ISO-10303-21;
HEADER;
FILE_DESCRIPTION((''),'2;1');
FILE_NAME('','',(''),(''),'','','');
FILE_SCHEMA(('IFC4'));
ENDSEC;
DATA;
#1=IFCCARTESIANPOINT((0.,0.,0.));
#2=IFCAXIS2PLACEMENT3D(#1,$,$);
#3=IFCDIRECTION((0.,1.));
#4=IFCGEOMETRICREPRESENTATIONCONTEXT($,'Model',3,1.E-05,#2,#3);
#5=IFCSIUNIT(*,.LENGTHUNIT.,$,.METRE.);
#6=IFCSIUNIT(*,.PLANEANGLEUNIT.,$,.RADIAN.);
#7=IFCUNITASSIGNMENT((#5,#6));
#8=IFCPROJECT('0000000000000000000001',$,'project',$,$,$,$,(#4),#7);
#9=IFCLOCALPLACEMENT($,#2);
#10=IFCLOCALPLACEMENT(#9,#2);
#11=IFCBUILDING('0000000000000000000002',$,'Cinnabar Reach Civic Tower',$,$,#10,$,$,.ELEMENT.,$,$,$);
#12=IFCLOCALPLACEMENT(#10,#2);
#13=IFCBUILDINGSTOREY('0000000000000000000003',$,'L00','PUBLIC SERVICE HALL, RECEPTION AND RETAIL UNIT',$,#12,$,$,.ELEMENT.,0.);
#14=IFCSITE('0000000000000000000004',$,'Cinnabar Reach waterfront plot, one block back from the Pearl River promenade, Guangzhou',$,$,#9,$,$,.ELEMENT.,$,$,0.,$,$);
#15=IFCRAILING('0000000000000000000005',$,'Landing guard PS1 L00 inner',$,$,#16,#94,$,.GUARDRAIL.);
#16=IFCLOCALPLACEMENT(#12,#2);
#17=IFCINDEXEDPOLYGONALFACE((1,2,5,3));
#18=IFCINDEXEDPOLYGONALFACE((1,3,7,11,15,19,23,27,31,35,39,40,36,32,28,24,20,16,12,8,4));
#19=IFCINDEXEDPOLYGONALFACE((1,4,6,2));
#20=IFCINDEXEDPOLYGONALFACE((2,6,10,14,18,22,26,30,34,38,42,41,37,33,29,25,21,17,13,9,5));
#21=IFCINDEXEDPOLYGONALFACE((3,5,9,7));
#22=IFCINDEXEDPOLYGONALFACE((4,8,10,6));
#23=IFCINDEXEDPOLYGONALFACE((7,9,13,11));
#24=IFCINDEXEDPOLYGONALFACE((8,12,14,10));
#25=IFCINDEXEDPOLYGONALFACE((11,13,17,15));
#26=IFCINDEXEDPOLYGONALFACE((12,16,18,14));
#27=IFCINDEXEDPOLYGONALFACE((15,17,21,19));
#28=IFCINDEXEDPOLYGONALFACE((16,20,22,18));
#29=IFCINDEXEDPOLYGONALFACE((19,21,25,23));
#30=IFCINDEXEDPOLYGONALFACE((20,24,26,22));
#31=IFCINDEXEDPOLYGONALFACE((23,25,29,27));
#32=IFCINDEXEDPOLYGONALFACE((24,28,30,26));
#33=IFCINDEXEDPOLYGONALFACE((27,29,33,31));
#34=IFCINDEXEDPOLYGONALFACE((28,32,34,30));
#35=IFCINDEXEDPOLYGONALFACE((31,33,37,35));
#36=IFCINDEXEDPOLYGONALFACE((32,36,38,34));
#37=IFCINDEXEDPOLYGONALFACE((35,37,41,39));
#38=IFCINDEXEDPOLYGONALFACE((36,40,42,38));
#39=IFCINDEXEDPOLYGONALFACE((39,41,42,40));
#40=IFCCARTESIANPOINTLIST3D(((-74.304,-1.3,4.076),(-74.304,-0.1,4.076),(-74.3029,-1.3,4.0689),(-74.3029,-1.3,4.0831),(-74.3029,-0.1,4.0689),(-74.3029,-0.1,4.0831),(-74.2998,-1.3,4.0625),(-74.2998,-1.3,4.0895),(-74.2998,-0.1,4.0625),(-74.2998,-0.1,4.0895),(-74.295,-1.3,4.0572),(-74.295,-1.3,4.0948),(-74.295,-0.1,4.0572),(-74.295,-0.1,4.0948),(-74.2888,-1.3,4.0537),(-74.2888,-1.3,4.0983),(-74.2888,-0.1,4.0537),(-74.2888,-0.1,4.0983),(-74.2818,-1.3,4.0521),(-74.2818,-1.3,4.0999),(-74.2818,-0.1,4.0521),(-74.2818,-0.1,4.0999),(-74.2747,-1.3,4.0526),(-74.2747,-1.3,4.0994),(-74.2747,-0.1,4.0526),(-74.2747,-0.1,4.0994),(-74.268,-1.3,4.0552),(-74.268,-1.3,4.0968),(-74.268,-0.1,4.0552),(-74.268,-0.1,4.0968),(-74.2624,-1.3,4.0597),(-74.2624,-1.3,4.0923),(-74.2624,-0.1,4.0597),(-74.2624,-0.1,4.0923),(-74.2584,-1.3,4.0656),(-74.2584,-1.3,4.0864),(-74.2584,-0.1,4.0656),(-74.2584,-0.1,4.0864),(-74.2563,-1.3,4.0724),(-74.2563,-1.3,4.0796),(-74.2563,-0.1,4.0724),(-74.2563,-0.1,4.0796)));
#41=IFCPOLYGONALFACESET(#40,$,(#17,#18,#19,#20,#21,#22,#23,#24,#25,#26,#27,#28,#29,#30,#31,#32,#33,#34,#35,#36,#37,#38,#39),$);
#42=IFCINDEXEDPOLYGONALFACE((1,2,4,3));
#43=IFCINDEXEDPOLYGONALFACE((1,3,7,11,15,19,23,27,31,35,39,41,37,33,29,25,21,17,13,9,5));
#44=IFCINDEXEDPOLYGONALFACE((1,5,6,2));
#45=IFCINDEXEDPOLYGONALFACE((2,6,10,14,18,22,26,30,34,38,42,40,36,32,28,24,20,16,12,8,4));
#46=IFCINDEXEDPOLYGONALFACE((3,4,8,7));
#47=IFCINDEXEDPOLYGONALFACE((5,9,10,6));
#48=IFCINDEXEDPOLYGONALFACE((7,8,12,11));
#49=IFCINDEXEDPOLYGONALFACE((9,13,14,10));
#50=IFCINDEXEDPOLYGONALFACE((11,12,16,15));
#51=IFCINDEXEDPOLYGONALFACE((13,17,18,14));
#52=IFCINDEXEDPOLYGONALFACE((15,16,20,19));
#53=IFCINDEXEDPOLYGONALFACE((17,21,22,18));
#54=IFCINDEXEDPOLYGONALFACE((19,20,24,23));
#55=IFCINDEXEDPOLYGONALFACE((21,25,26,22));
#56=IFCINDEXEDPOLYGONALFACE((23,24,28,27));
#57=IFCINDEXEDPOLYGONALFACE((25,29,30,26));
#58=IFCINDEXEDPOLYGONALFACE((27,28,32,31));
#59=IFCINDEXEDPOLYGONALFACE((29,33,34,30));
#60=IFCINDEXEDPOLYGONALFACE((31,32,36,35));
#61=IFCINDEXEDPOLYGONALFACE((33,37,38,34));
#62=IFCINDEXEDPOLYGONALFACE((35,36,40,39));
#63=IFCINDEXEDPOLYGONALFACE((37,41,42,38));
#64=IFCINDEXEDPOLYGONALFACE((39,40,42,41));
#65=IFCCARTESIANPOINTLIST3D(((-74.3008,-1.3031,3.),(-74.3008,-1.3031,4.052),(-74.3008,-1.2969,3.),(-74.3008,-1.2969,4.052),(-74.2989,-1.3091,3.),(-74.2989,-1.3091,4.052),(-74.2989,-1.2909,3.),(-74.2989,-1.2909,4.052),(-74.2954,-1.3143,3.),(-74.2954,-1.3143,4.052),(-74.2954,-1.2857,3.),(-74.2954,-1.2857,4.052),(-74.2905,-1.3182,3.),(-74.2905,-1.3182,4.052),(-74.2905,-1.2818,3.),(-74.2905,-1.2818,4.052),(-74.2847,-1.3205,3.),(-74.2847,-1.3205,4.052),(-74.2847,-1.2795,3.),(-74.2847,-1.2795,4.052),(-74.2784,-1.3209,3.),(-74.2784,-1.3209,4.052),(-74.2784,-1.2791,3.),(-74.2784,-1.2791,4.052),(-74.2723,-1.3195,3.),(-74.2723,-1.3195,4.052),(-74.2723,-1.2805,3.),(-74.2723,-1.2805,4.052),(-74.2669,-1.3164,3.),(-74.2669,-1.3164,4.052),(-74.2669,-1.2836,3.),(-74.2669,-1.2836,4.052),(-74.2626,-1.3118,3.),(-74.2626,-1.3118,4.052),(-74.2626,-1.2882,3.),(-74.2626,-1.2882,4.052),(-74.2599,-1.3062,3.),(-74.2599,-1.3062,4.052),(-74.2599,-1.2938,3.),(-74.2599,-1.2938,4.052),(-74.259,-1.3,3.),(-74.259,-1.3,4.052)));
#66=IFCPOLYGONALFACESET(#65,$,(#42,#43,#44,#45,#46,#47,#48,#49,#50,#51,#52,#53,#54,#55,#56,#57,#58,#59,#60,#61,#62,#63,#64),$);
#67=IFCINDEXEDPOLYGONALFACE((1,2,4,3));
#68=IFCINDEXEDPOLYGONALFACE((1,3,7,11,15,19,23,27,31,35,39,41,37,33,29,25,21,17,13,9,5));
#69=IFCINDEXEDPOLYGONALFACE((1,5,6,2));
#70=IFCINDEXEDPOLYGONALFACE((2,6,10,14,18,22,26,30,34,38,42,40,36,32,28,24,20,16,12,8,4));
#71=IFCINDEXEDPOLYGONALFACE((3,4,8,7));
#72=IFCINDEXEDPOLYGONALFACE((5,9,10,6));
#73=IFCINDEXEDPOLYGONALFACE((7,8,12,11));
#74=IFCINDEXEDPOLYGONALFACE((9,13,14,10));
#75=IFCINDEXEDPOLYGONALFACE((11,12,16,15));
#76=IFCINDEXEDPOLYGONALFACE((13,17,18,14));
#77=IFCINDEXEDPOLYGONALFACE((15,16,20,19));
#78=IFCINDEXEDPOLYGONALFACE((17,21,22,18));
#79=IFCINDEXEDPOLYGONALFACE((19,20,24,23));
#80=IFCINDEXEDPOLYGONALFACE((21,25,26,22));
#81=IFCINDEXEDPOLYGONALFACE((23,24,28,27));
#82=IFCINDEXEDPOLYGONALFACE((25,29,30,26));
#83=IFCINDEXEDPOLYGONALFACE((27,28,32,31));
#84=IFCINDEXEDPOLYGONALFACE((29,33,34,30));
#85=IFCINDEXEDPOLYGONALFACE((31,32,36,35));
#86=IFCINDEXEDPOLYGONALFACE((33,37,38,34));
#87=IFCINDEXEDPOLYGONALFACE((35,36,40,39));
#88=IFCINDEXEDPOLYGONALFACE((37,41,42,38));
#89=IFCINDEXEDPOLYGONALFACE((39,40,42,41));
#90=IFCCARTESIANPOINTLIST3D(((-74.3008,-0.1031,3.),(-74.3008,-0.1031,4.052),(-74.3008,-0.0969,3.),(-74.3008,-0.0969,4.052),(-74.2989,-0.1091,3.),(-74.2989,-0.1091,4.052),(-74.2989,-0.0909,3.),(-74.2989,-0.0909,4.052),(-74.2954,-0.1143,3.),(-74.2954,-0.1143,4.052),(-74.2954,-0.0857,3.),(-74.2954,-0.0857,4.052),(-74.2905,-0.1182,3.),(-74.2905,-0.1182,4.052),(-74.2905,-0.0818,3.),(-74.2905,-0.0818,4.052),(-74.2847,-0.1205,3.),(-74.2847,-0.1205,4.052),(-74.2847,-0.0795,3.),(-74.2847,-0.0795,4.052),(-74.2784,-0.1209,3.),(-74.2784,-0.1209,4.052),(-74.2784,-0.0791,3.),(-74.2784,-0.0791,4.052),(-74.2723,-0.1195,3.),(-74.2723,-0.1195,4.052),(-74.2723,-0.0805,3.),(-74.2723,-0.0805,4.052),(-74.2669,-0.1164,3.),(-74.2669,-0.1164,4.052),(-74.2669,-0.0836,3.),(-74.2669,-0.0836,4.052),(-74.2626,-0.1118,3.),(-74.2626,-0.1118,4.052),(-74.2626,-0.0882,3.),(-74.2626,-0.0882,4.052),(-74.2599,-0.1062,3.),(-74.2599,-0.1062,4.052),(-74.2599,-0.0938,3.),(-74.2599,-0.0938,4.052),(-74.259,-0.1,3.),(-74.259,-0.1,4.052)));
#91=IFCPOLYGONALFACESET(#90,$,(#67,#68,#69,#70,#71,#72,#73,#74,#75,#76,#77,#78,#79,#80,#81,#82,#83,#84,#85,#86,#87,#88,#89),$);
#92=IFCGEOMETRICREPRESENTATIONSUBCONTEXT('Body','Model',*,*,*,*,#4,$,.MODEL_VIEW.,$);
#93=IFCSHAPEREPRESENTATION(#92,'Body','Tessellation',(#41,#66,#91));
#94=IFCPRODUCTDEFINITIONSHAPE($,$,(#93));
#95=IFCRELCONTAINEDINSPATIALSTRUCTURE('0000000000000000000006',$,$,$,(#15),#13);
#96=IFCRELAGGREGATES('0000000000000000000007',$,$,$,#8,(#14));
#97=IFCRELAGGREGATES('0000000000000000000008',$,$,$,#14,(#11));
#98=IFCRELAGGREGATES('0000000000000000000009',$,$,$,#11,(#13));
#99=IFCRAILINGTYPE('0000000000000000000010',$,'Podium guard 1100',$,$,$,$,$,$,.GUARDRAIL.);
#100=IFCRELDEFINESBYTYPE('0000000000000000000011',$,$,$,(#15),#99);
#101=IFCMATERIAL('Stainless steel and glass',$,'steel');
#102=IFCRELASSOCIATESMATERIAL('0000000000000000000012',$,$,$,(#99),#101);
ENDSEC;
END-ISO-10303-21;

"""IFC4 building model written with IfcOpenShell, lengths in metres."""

from ifc_helpers import new_model, si_unit, direction, frame, origin, origin_2d, place, context, subcontext, project, spatial, circle, extrude, material, type_object, element, save


model = new_model("IFC4")

# Units and contexts
model_context = context("Model", 3, precision=1e-05, world=origin(), true_north=direction((0.0, 1.0)))
body_context = subcontext(model_context, "Body", "Model", "MODEL_VIEW")
ifc_project = project(units=[si_unit("LENGTHUNIT", "METRE"), si_unit("PLANEANGLEUNIT", "RADIAN")], contexts=[model_context])

# Site, building, storey
site_placement = place(None, origin())
site = spatial("IfcSite", under=ifc_project, at=site_placement, Name="Cinnabar Reach waterfront plot, one block back from the Pearl River promenade, Guangzhou", CompositionType="ELEMENT", RefElevation=0.0)
building_placement = place(site_placement, origin())
building = spatial("IfcBuilding", under=site, at=building_placement, Name="Cinnabar Reach Civic Tower", CompositionType="ELEMENT")
storey_placement = place(building_placement, origin())
storey = spatial("IfcBuildingStorey", under=building, at=storey_placement, Name="L00", Description="PUBLIC SERVICE HALL, RECEPTION AND RETAIL UNIT", CompositionType="ELEMENT", Elevation=0.0)

# Railing
ifc_material_1 = material(Name="Stainless steel and glass", Category="steel")
railing_type_1 = type_object("IfcRailingType", Name="Podium guard 1100", PredefinedType="GUARDRAIL", material=ifc_material_1)
railing_1_placement = place(storey_placement, frame((-74.28, -1.3, 3.0)))
element("IfcRailing", 1, at=railing_1_placement, inside=storey, type_object=railing_type_1, Name="Landing guard PS1 L00 inner", PredefinedType="GUARDRAIL", context=body_context, shape_type="SweptSolid", body=[
    extrude(circle(Radius=0.024, at=origin_2d()), frame((0.0, 0.0, 1.076), z_axis=(0.0, 1.0, 0.0), x_axis=(-1.0, 0.0, 0.0)), (0.0, 0.0, 1.0), 1.2),
    extrude(circle(Radius=0.021, at=origin_2d()), origin(), (0.0, 0.0, 1.0), 1.052),
    extrude(circle(Radius=0.021, at=origin_2d()), frame((0.0, 1.2, 0.0)), (0.0, 0.0, 1.0), 1.052),
])

save(model, "model.ifc")
